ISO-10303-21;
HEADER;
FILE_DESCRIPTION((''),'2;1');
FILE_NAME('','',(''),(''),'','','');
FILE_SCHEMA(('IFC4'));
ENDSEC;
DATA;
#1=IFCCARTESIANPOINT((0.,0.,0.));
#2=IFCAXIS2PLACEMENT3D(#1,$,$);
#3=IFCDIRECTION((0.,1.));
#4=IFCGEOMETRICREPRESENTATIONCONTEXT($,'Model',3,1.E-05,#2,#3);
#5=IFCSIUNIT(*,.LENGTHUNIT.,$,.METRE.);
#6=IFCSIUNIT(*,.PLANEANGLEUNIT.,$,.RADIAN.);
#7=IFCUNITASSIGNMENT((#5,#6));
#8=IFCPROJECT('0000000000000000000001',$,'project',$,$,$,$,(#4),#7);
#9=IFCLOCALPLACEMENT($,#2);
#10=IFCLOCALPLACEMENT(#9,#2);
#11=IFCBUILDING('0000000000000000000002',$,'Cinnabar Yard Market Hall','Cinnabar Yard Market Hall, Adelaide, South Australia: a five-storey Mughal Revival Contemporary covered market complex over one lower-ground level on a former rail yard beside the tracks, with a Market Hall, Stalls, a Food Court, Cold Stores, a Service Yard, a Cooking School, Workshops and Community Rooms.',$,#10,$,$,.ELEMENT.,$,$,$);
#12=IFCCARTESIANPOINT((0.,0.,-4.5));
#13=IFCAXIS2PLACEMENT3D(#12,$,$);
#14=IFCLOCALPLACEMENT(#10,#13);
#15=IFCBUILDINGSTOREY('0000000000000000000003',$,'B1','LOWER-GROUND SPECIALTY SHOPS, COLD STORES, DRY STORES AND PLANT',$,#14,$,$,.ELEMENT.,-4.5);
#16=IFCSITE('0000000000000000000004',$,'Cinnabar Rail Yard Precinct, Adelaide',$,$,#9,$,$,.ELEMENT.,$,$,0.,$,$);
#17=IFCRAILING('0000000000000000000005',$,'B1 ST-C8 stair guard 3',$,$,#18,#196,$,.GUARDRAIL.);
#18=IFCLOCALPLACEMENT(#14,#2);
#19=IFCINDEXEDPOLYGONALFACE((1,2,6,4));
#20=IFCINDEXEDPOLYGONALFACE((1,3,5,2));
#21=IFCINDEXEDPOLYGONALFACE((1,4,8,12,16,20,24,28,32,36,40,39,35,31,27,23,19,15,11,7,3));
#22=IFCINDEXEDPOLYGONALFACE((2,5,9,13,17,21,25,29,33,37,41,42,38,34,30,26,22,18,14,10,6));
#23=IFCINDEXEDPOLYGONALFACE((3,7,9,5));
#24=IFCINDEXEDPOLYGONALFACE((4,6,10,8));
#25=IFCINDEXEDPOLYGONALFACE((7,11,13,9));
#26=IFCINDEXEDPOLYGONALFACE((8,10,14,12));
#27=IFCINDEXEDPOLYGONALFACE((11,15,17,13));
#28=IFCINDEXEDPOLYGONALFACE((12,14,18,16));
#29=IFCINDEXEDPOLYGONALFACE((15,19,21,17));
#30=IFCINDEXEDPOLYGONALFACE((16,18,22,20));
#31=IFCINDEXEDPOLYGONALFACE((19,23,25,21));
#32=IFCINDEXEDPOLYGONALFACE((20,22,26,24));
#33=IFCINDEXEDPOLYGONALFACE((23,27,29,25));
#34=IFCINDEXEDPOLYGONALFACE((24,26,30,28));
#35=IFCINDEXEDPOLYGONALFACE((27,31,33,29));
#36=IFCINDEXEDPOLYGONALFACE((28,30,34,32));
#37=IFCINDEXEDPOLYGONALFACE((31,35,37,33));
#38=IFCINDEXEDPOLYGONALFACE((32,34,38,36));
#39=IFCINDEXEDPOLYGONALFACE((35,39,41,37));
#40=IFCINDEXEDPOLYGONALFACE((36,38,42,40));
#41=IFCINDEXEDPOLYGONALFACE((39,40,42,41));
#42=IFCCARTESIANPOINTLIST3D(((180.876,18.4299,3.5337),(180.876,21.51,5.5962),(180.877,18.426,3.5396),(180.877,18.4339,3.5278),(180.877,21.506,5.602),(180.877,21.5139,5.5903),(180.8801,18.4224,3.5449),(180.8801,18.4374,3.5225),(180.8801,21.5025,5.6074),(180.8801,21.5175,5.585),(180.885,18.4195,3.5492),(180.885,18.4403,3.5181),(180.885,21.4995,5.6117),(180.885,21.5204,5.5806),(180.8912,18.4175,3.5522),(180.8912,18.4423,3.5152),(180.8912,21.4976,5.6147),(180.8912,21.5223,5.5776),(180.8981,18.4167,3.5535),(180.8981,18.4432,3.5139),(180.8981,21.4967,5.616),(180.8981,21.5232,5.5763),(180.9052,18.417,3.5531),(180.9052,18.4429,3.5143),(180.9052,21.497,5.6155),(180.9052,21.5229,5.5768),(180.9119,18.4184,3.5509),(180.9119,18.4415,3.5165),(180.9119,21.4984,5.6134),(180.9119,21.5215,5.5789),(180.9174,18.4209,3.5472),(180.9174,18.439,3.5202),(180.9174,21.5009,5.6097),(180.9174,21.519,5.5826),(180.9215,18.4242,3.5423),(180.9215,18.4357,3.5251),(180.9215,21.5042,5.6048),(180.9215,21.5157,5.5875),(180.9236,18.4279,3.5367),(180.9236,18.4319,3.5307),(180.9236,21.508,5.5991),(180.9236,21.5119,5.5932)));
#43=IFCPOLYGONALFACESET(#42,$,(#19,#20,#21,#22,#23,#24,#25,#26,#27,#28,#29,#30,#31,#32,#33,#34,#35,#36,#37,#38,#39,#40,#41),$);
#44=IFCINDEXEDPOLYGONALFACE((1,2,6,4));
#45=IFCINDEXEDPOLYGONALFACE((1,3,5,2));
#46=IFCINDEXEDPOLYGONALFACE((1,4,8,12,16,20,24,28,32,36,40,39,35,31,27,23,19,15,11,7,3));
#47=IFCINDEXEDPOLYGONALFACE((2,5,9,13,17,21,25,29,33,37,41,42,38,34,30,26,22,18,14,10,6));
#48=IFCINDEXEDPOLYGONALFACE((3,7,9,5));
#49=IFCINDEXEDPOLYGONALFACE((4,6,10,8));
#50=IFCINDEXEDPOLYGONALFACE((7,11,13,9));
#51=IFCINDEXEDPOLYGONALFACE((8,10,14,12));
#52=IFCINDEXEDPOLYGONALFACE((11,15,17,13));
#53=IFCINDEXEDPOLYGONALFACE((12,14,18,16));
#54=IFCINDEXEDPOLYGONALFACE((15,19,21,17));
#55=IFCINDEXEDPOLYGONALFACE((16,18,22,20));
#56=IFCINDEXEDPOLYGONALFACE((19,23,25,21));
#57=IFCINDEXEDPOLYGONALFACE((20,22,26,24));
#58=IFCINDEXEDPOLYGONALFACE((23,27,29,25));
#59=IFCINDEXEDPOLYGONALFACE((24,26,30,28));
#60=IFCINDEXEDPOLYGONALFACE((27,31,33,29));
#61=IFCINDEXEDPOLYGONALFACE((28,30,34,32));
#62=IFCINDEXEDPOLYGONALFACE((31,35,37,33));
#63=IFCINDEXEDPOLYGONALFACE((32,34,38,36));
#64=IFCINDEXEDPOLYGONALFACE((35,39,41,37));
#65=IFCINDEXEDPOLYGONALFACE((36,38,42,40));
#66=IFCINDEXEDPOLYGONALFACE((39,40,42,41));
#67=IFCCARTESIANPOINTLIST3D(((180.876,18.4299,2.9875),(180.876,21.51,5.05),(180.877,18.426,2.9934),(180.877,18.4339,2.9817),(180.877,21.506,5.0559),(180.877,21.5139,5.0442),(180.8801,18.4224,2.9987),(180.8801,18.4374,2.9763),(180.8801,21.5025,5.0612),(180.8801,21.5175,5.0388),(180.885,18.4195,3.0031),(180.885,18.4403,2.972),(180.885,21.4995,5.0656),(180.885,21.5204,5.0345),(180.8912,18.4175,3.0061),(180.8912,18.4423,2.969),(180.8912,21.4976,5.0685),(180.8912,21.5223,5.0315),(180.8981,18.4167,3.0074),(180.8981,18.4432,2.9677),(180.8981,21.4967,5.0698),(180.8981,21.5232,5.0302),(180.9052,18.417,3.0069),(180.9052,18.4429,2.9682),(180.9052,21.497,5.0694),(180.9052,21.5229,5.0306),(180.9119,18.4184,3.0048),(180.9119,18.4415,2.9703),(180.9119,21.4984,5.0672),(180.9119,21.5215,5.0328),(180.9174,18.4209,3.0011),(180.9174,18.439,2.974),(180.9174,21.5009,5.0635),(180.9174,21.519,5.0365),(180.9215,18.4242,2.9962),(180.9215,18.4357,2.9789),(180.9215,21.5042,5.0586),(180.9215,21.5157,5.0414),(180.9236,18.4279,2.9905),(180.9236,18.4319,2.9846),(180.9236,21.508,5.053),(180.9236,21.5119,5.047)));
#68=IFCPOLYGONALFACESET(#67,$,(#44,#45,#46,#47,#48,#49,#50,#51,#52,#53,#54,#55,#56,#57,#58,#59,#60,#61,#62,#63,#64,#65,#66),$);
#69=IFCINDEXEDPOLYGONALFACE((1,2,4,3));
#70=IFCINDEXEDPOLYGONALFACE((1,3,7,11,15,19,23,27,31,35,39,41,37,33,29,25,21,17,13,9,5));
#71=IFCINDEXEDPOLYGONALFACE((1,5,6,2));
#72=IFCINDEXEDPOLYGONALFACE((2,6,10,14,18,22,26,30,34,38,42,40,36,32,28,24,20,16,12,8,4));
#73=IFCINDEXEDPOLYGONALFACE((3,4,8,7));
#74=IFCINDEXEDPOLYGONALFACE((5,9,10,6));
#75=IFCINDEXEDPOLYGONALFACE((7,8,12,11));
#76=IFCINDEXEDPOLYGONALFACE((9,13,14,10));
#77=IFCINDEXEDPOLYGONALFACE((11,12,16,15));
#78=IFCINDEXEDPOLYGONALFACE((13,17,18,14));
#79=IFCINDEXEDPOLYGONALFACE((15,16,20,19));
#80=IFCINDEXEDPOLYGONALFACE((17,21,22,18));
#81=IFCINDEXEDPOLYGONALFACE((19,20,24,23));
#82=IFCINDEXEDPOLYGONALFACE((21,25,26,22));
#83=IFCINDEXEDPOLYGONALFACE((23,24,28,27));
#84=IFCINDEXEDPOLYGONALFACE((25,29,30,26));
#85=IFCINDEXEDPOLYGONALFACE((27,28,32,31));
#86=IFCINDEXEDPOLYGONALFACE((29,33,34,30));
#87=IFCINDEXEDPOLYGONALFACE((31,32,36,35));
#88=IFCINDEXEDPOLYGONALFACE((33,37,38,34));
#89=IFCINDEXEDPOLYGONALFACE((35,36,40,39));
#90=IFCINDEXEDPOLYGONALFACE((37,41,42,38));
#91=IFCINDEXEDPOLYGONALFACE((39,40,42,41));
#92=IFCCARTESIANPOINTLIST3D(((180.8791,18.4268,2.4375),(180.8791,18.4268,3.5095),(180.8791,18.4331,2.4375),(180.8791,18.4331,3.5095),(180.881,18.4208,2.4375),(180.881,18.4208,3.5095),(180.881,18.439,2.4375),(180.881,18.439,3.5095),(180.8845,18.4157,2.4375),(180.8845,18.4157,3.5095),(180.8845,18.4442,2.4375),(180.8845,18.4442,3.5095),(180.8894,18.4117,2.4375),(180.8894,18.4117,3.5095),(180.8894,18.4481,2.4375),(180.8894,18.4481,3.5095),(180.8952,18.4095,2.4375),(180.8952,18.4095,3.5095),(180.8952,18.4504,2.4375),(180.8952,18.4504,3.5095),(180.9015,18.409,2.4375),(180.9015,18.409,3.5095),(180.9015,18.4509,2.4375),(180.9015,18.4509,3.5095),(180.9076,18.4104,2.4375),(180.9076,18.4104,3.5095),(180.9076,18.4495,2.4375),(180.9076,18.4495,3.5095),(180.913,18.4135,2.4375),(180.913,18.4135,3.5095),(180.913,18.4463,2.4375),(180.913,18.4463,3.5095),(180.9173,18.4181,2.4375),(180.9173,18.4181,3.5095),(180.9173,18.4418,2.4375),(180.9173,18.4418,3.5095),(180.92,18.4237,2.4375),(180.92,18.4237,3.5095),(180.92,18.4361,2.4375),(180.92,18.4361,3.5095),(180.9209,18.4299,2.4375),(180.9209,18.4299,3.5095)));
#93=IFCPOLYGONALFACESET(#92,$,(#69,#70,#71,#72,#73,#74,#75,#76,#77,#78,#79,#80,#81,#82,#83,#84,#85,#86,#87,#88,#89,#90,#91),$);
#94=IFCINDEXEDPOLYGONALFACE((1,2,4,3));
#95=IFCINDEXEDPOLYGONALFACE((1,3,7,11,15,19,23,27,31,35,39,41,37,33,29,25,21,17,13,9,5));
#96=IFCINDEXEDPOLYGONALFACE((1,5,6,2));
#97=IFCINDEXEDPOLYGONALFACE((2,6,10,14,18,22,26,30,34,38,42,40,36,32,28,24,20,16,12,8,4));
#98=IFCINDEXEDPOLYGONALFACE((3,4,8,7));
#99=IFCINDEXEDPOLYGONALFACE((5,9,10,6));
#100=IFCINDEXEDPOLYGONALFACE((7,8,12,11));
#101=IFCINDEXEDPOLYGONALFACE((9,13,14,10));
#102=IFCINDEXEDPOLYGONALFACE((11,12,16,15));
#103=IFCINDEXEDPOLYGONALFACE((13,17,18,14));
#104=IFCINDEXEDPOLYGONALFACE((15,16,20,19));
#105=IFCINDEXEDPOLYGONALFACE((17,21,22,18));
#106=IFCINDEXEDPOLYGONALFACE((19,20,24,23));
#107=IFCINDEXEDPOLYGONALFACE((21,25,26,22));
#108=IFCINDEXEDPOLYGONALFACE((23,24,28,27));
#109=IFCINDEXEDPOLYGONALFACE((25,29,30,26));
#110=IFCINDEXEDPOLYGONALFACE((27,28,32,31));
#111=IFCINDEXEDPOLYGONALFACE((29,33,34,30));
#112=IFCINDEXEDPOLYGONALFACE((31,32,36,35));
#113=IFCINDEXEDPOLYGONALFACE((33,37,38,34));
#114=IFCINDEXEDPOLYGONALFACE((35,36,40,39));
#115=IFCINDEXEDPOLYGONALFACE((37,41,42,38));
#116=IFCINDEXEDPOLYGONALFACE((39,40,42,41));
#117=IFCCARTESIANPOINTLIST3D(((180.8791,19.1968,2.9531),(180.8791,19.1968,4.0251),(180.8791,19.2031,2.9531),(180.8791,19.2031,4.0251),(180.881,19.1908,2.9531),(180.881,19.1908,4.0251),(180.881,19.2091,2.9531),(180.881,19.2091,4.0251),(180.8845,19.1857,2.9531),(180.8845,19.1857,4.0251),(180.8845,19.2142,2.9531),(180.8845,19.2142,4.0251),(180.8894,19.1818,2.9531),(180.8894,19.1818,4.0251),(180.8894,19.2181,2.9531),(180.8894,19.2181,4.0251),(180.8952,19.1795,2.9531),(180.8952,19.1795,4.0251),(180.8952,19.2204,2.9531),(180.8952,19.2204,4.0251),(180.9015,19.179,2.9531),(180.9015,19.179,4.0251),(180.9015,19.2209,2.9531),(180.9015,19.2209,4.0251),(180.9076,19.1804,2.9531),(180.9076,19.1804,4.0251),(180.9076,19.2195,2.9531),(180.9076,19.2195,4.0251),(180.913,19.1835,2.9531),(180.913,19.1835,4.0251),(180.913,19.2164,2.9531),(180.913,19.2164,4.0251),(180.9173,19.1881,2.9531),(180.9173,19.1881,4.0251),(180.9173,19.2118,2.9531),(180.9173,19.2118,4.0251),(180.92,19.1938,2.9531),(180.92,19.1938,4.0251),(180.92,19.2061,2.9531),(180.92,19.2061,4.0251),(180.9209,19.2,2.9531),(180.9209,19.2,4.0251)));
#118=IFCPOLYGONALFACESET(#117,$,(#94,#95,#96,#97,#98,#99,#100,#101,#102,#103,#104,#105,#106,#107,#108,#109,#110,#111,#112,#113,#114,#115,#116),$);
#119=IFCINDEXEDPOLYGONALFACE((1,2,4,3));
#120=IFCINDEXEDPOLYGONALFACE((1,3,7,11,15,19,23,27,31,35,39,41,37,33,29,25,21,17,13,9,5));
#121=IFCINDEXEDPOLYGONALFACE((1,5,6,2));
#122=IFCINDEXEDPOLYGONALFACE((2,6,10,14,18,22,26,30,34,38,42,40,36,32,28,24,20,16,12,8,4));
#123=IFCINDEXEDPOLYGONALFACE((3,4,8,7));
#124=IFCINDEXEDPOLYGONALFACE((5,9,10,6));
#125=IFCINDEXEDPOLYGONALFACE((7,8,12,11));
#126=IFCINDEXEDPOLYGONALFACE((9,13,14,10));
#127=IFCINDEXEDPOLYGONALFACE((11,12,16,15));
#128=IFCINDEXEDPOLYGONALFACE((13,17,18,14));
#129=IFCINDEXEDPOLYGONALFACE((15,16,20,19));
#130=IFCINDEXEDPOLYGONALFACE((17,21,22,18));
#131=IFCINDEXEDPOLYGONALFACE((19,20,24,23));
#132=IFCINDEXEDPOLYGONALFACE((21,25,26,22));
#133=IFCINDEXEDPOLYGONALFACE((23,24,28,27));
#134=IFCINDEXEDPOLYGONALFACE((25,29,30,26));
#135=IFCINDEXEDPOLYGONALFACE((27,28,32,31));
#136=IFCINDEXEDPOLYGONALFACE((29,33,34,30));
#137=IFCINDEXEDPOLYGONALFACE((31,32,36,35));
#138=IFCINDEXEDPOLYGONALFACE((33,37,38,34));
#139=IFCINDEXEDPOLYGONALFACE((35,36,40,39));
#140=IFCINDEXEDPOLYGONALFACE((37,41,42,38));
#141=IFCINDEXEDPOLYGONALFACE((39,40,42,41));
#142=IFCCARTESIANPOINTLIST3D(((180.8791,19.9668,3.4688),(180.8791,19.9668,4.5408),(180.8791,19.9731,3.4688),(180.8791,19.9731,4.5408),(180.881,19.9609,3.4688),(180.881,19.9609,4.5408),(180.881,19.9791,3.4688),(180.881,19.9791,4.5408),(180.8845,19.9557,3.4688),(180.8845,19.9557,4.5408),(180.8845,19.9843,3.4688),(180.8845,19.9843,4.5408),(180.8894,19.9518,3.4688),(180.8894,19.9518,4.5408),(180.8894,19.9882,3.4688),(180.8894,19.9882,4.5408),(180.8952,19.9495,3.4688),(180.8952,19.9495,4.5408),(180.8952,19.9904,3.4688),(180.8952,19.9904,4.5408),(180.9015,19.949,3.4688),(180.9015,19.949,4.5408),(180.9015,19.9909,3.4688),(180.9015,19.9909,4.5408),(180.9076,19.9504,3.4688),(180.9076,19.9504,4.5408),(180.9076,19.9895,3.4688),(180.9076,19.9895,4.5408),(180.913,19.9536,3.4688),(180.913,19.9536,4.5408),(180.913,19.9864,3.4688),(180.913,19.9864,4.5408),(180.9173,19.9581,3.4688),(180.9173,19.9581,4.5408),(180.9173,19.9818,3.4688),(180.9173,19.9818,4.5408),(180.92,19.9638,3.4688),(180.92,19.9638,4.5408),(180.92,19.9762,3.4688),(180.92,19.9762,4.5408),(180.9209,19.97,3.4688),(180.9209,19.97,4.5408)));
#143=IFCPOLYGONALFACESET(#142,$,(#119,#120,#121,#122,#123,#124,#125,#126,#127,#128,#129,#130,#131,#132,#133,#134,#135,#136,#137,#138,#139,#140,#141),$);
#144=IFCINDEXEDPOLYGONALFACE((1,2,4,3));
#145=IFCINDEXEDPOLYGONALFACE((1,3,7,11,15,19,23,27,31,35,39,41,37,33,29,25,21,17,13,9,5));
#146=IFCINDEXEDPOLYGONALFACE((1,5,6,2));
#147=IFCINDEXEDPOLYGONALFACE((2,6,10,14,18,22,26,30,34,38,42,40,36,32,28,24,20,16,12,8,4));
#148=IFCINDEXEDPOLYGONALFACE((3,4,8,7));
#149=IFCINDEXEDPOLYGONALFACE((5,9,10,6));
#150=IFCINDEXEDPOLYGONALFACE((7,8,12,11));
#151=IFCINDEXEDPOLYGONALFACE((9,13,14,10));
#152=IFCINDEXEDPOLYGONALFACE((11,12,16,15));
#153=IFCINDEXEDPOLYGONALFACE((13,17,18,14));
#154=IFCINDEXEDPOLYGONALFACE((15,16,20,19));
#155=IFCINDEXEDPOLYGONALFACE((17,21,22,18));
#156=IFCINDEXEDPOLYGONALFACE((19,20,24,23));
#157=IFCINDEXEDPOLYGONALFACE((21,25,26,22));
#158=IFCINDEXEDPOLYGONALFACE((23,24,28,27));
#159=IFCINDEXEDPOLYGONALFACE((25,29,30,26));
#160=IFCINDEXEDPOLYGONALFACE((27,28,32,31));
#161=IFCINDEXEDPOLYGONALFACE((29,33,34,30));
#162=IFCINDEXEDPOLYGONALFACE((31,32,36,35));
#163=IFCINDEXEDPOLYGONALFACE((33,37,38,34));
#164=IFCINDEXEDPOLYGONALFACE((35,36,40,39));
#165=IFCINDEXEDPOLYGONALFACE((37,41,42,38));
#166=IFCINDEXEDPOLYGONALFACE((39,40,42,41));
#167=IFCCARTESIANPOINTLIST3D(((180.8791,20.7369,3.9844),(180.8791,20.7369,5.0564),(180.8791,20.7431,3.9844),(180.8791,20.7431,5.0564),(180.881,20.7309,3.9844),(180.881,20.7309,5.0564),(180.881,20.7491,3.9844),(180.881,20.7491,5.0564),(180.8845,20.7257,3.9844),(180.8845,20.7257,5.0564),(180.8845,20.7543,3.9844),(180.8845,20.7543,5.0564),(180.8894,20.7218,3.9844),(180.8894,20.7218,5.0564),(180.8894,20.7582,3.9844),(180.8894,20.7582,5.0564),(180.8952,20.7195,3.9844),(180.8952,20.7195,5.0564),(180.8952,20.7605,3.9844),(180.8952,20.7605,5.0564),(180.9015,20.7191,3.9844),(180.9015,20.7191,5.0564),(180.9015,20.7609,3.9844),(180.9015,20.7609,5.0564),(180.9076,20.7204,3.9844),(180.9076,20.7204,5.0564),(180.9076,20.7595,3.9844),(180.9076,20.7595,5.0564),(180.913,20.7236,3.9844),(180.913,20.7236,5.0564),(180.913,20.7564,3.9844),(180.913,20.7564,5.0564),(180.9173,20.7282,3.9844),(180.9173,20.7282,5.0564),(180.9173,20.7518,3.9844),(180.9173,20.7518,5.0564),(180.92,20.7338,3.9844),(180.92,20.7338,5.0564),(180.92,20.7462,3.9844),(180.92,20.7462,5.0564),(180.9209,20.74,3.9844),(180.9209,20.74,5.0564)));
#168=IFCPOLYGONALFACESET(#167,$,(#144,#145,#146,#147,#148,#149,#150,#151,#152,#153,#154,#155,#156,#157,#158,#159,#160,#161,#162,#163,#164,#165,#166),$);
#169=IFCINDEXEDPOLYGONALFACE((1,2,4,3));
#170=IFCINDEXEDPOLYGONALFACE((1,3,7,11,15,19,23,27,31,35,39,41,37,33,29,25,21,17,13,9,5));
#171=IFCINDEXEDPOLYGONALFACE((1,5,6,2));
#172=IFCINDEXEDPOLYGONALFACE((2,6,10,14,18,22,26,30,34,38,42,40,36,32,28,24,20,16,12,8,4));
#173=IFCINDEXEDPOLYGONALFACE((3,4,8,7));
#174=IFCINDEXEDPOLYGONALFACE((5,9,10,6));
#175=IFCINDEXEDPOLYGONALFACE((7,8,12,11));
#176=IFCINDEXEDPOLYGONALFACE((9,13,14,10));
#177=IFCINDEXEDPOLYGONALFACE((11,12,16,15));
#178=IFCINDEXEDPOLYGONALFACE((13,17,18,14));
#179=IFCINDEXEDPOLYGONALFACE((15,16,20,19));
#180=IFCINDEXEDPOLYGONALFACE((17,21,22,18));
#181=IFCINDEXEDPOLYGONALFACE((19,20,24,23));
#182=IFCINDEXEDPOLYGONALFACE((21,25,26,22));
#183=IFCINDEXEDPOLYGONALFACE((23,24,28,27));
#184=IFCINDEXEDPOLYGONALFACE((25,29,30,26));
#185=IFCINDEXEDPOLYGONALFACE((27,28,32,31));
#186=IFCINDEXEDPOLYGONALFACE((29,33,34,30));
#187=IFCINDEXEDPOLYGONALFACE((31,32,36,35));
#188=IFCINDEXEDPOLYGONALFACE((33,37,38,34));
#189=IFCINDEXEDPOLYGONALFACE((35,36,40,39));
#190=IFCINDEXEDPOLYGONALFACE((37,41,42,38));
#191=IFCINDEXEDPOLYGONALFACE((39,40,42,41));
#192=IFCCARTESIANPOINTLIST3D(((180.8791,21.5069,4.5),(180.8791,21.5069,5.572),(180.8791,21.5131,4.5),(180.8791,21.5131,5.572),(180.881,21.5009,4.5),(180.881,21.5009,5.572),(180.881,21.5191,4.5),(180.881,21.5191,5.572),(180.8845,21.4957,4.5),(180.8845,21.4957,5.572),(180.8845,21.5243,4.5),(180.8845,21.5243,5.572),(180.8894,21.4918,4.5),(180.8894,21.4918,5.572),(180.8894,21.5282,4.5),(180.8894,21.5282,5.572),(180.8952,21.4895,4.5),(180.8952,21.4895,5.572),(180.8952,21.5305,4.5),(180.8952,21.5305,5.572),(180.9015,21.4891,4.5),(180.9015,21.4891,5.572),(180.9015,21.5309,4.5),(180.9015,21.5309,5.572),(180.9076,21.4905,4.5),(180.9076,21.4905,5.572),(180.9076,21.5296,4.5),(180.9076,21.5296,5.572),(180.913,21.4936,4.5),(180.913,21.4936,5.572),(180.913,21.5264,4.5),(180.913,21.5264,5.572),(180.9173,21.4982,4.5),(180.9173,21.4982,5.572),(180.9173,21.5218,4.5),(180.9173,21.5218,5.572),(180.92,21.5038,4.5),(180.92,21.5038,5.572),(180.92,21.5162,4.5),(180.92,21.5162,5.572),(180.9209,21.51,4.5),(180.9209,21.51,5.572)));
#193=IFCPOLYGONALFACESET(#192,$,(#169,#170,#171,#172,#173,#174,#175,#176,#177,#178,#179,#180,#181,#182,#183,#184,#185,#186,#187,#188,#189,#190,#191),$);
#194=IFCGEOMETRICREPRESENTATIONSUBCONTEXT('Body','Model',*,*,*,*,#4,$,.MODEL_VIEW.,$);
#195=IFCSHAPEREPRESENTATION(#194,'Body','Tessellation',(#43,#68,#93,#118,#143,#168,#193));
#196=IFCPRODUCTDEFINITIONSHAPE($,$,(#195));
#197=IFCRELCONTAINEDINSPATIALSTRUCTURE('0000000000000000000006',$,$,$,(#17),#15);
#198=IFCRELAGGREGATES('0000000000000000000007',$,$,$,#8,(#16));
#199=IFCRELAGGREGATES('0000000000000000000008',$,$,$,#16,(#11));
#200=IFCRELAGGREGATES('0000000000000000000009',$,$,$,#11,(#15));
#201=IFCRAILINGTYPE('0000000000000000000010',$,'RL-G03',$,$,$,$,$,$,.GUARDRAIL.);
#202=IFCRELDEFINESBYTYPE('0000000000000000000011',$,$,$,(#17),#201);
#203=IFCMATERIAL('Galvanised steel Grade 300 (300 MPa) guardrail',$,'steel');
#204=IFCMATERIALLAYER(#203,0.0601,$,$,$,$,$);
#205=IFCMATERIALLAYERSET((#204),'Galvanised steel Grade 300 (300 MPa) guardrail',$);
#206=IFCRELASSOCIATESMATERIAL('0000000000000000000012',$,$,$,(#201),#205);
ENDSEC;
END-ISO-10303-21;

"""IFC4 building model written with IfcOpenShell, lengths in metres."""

from ifc_helpers import new_model, si_unit, direction, frame, origin, origin_2d_with_axis, place, context, subcontext, project, spatial, circle, extrude, material, layer, layer_set, type_object, element, save


model = new_model("IFC4")

# Units and contexts
model_context = context("Model", 3, precision=1e-05, world=origin(), true_north=direction((0.0, 1.0)))
body_context = subcontext(model_context, "Body", "Model", "MODEL_VIEW")
ifc_project = project(units=[si_unit("LENGTHUNIT", "METRE"), si_unit("PLANEANGLEUNIT", "RADIAN")], contexts=[model_context])

# Site, building, storey
site_placement = place(None, origin())
site = spatial("IfcSite", under=ifc_project, at=site_placement, Name="Cinnabar Rail Yard Precinct, Adelaide", CompositionType="ELEMENT", RefElevation=0.0)
building_placement = place(site_placement, origin())
building = spatial("IfcBuilding", under=site, at=building_placement, Name="Cinnabar Yard Market Hall", Description="Cinnabar Yard Market Hall, Adelaide, South Australia: a five-storey Mughal Revival Contemporary covered market complex over one lower-ground level on a former rail yard beside the tracks, with a Market Hall, Stalls, a Food Court, Cold Stores, a Service Yard, a Cooking School, Workshops and Community Rooms.", CompositionType="ELEMENT")
storey_placement = place(building_placement, frame((0.0, 0.0, -4.5)))
storey = spatial("IfcBuildingStorey", under=building, at=storey_placement, Name="B1", Description="LOWER-GROUND SPECIALTY SHOPS, COLD STORES, DRY STORES AND PLANT", CompositionType="ELEMENT", Elevation=-4.5)

# Railing
ifc_material_1 = material(Name="Galvanised steel Grade 300 (300 MPa) guardrail", Category="steel")
ifc_layer_1 = layer(ifc_material_1, 0.0601)
ifc_layer_set_1 = layer_set([ifc_layer_1], Name="Galvanised steel Grade 300 (300 MPa) guardrail")
railing_type_1 = type_object("IfcRailingType", Name="RL-G03", PredefinedType="GUARDRAIL", material=ifc_layer_set_1)
railing_1_placement = place(storey_placement, frame((180.8999, 18.4299, 2.4375)))
element("IfcRailing", 1, at=railing_1_placement, inside=storey, type_object=railing_type_1, Name="B1 ST-C8 stair guard 3", PredefinedType="GUARDRAIL", context=body_context, shape_type="SweptSolid", body=[
    extrude(circle(Radius=0.0239, at=origin_2d_with_axis()), frame((0.0, 0.0, 1.0962), z_axis=(0.0, 0.830914, 0.556401), x_axis=(-1.0, 0.0, 0.0)), (0.0, 0.0, 1.0), 3.7068),
    extrude(circle(Radius=0.0239, at=origin_2d_with_axis()), frame((0.0, 0.0, 0.55), z_axis=(0.0, 0.830914, 0.556401), x_axis=(-1.0, 0.0, 0.0)), (0.0, 0.0, 1.0), 3.7068),
    extrude(circle(Radius=0.021, at=origin_2d_with_axis()), origin(), (0.0, 0.0, 1.0), 1.072),
    extrude(circle(Radius=0.021, at=origin_2d_with_axis()), frame((0.0, 0.77, 0.5156)), (0.0, 0.0, 1.0), 1.072),
    extrude(circle(Radius=0.021, at=origin_2d_with_axis()), frame((0.0, 1.54, 1.0312)), (0.0, 0.0, 1.0), 1.072),
    extrude(circle(Radius=0.021, at=origin_2d_with_axis()), frame((0.0, 2.3101, 1.5469)), (0.0, 0.0, 1.0), 1.072),
    extrude(circle(Radius=0.021, at=origin_2d_with_axis()), frame((0.0, 3.0801, 2.0625)), (0.0, 0.0, 1.0), 1.072),
])

save(model, "model.ifc")
